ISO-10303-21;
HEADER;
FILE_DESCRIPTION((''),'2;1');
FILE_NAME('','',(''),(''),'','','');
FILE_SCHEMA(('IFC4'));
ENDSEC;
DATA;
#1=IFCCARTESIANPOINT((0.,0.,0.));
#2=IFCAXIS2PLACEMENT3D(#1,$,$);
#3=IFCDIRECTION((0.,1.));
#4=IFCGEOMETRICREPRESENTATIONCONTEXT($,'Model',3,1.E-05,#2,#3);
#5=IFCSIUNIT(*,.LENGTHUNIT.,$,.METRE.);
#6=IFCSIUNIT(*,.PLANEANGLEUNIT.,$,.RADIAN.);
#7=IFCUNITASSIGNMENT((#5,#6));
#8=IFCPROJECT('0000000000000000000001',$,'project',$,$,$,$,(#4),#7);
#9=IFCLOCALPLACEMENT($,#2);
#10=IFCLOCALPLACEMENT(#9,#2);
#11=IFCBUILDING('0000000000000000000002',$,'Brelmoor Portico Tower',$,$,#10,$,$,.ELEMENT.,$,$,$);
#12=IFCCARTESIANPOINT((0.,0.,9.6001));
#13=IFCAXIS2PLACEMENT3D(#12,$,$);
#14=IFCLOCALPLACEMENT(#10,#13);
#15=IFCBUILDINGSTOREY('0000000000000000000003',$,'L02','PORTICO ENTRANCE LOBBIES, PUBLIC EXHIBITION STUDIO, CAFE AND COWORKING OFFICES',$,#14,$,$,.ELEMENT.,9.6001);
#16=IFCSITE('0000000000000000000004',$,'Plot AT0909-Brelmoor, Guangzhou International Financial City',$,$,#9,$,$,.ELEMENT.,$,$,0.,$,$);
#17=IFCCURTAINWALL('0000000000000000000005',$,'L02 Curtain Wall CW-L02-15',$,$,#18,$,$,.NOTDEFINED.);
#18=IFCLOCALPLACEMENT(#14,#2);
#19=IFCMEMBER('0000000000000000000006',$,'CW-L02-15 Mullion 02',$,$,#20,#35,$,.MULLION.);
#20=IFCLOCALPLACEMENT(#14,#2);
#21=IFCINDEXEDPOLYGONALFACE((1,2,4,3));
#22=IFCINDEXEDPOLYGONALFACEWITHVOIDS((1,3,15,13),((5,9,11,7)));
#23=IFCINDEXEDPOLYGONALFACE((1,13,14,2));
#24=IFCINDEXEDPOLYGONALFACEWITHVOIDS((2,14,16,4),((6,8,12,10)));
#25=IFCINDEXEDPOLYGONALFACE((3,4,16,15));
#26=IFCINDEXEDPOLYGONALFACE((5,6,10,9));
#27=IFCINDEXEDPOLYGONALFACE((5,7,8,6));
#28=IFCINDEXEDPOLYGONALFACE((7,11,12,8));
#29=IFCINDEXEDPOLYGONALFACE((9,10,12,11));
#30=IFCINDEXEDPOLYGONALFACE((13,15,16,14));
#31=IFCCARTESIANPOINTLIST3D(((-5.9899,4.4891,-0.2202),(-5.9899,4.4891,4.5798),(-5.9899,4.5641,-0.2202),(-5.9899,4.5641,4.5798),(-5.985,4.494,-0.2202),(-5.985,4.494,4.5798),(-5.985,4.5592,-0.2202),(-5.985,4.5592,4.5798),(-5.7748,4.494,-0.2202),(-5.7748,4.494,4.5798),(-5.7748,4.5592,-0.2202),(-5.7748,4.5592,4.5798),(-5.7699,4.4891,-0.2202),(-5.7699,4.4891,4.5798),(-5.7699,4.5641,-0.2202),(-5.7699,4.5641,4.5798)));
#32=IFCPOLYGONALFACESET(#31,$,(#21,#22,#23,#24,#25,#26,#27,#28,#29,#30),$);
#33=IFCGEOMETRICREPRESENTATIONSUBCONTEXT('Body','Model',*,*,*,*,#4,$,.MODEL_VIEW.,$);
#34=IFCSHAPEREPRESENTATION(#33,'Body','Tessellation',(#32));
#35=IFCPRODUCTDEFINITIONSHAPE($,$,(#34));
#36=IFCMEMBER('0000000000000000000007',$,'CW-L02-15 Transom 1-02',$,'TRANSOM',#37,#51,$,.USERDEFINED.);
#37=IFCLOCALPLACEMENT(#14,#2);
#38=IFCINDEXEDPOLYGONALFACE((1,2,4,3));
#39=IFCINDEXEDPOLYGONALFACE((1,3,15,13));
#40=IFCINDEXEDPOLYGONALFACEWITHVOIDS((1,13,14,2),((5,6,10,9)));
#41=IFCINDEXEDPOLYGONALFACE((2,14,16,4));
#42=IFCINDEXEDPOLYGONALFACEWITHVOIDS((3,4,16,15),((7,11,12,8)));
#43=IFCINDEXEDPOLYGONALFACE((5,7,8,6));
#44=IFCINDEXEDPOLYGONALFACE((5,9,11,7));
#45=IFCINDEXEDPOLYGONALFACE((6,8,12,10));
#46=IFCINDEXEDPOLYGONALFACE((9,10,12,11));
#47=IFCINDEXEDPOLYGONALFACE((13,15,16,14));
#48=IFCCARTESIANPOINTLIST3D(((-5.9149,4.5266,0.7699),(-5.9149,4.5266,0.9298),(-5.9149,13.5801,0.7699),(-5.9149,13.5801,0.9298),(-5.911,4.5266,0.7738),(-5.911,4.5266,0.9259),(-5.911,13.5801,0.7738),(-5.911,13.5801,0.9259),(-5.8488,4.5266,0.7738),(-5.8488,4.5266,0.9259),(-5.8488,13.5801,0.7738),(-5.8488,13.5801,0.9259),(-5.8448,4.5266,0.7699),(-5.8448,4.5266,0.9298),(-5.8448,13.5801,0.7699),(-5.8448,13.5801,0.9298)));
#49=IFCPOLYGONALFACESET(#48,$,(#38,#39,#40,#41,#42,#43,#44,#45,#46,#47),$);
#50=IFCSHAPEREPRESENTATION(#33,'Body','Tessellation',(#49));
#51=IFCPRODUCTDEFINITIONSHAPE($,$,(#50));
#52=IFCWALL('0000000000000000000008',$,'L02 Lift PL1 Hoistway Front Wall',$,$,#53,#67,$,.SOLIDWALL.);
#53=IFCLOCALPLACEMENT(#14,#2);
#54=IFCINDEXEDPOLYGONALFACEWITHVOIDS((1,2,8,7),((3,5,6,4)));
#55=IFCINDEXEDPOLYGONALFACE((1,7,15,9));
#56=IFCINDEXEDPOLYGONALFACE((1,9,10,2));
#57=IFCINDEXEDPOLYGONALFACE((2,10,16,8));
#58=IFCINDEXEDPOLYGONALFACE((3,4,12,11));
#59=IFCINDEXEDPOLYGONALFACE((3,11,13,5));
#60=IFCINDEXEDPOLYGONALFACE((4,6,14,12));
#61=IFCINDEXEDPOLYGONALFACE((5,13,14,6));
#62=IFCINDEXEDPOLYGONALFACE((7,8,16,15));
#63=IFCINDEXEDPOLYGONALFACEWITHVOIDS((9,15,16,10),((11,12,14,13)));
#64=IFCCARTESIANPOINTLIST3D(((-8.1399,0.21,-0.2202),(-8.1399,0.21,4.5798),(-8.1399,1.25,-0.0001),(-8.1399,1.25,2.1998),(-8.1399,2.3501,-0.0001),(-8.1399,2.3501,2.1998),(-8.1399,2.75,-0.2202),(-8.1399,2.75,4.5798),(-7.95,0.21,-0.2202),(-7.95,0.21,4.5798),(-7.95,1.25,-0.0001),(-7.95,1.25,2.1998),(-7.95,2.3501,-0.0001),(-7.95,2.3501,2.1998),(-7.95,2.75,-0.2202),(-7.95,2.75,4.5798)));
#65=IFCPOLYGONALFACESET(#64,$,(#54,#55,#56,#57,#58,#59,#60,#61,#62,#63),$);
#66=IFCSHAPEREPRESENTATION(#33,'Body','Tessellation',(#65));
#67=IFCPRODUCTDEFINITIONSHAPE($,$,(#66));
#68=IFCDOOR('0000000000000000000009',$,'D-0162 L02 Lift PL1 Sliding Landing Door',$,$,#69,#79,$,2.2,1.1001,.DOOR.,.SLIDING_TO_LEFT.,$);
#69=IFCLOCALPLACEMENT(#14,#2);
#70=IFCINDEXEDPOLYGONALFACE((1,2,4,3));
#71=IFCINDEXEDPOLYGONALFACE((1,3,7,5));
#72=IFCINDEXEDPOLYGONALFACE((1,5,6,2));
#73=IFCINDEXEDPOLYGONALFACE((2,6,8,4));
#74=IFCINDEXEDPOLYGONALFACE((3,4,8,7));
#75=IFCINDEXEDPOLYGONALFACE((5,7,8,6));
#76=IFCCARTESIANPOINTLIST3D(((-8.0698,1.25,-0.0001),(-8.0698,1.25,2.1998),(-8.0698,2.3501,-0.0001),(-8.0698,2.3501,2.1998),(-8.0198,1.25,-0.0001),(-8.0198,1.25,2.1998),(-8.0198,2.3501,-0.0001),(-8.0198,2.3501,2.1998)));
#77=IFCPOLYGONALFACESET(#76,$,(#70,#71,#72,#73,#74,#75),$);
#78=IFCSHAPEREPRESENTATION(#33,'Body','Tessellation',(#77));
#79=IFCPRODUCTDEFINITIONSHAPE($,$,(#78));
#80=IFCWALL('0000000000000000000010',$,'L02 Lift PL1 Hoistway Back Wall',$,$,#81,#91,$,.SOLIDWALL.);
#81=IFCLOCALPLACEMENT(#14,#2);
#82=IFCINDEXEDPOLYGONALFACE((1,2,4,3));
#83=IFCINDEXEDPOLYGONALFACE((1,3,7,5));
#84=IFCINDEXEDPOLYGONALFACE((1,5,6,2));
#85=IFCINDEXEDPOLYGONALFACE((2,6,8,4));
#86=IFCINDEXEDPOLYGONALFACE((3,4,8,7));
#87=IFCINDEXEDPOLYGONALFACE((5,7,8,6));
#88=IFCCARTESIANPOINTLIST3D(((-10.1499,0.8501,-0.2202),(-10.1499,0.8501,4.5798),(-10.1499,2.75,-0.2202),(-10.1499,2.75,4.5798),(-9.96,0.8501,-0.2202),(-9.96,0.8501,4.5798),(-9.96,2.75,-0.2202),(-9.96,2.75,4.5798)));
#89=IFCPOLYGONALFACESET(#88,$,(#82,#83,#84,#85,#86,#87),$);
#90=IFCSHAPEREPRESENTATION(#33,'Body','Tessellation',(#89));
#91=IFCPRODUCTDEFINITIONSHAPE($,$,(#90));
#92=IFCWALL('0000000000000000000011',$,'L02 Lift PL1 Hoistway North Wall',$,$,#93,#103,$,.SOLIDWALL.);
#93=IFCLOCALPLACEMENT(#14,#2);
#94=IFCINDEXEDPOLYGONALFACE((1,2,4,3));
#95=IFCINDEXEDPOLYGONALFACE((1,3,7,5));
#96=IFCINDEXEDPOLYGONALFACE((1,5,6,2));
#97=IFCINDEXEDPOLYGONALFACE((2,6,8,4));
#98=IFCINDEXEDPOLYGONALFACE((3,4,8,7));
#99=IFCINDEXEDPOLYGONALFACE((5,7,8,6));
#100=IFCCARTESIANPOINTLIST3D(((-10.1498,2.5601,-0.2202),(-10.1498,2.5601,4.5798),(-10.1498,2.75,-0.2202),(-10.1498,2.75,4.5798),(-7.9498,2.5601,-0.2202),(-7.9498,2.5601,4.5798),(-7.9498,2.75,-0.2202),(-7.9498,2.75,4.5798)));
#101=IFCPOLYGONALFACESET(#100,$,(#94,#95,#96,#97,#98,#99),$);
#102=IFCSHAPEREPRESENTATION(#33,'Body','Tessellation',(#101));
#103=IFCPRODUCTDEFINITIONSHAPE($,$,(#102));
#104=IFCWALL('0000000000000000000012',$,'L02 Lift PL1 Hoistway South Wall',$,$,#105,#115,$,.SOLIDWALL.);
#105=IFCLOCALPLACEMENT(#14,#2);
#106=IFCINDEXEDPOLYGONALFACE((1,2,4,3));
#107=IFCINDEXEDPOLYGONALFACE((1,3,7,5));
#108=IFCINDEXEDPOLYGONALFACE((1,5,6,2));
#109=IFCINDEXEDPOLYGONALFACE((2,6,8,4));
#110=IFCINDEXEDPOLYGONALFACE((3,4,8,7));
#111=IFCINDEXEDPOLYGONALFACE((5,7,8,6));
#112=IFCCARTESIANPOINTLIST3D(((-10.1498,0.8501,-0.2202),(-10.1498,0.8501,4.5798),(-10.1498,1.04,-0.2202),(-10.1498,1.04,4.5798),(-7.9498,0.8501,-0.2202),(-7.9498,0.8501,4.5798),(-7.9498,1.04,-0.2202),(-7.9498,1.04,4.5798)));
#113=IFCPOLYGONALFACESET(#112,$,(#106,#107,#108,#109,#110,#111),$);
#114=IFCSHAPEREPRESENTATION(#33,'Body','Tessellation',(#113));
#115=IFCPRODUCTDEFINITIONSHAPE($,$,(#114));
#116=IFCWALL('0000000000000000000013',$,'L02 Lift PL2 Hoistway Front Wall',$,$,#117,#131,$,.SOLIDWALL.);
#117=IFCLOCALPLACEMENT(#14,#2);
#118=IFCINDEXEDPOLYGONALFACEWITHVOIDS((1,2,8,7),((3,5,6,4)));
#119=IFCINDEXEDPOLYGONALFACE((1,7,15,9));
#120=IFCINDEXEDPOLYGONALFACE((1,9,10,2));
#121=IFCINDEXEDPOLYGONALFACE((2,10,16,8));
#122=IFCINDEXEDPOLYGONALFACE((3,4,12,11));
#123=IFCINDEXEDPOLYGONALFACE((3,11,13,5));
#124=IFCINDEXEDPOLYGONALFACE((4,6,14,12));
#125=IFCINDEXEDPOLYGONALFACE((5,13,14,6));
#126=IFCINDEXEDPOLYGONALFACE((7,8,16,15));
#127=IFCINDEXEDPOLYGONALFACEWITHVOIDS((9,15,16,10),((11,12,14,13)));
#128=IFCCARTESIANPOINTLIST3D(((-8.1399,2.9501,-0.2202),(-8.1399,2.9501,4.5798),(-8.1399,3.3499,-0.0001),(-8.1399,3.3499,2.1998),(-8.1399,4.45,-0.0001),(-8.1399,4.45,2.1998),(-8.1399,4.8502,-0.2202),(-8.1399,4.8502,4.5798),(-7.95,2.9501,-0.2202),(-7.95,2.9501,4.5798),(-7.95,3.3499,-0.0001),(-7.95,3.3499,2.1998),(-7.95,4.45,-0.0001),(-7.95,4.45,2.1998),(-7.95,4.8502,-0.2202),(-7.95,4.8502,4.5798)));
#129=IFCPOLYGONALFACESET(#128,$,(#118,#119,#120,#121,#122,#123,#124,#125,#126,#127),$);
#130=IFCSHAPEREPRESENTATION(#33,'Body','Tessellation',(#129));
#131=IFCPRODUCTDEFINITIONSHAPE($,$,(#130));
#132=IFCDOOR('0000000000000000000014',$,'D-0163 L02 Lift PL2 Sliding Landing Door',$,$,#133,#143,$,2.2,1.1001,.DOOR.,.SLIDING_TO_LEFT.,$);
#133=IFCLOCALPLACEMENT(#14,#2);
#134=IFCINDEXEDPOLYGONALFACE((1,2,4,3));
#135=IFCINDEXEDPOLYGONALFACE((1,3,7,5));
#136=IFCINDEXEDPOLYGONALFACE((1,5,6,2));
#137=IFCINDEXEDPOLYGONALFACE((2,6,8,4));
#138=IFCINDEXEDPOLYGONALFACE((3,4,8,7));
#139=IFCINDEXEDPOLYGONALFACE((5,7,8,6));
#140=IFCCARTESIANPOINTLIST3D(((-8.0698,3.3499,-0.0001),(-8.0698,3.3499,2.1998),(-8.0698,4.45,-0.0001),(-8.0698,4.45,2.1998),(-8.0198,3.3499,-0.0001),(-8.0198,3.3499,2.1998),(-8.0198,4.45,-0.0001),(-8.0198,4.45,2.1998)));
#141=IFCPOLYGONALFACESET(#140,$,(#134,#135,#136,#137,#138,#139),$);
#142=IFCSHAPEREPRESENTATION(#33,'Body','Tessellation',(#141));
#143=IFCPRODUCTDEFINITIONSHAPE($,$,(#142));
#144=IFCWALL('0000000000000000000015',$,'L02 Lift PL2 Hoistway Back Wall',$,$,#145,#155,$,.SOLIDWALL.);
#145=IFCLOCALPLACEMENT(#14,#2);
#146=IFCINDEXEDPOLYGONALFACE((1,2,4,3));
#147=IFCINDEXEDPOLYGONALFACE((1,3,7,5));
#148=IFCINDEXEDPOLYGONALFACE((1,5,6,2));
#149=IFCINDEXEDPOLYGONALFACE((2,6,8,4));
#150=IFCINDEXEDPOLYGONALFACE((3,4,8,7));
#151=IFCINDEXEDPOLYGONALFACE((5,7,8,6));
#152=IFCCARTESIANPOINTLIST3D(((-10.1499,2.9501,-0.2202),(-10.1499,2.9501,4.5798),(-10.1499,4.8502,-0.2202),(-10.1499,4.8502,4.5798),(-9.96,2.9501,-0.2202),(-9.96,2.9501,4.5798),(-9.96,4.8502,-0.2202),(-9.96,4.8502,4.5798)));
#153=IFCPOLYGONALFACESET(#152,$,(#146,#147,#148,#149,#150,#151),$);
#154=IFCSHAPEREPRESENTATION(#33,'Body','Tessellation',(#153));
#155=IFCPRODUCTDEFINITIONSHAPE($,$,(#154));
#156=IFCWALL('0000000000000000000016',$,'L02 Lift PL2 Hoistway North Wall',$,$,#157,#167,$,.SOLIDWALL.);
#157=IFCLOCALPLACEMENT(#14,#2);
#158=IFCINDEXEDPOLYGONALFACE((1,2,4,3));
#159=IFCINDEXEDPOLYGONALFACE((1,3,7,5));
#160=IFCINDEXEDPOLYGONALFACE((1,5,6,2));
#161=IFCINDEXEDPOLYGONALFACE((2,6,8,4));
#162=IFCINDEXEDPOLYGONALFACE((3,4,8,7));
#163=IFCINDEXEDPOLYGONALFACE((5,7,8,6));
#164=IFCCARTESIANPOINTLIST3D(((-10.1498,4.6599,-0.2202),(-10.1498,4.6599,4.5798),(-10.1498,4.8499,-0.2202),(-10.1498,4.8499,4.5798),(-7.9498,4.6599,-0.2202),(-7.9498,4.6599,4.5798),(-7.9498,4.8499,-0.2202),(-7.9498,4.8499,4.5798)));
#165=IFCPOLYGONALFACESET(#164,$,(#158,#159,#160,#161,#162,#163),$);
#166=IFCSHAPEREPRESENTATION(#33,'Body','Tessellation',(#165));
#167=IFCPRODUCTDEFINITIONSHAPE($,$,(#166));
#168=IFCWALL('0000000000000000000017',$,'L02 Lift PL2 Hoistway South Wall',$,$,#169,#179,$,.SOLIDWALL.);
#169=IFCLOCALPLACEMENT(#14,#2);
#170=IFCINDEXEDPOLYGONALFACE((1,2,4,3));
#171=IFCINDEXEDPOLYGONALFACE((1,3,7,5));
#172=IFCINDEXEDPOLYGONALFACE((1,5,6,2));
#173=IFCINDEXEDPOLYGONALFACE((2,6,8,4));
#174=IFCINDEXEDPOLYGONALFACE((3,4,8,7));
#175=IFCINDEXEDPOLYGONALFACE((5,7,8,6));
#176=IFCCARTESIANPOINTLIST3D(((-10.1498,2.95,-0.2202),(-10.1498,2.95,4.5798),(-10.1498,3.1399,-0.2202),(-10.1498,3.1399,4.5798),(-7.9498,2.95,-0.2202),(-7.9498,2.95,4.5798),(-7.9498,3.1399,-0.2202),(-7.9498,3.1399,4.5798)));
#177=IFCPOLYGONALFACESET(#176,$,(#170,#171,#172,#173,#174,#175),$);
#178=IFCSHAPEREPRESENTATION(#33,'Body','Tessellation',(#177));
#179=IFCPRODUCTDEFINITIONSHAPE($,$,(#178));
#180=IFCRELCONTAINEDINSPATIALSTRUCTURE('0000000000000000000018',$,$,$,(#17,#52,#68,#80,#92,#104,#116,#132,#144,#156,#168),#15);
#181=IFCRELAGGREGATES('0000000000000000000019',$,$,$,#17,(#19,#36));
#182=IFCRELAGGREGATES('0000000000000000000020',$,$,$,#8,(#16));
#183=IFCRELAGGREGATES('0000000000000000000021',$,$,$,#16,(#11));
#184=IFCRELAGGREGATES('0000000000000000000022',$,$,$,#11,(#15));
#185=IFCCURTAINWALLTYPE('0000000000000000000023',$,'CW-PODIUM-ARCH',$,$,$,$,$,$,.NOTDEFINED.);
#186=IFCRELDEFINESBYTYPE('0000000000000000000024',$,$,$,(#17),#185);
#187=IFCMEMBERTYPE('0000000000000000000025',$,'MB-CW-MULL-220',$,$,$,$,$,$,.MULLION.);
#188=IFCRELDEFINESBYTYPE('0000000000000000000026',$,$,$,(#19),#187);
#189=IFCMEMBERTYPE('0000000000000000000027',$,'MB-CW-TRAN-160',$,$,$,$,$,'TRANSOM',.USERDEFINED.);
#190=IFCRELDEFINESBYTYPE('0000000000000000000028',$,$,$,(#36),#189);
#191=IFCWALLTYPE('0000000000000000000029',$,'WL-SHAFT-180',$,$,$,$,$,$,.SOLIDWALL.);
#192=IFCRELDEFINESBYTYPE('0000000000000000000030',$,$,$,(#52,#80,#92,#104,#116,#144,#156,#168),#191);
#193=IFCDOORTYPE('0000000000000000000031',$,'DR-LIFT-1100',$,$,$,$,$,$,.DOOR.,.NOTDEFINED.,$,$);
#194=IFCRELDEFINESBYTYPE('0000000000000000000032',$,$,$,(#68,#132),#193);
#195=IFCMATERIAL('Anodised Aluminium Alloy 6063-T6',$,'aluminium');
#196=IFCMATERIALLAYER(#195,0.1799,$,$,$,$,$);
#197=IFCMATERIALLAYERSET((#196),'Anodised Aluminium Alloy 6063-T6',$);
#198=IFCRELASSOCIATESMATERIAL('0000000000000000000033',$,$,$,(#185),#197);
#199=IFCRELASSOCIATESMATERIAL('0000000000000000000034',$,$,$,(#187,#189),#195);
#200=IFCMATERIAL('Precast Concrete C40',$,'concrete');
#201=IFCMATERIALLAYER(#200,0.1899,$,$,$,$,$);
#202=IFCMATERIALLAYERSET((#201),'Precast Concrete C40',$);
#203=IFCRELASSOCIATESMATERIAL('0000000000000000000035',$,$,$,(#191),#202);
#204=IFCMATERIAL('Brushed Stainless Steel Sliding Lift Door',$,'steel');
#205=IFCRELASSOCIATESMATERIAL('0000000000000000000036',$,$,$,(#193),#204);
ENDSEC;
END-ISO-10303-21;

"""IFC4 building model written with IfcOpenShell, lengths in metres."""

from ifc_helpers import new_model, si_unit, direction, frame, frame_2d, origin, origin_2d, place, context, subcontext, project, spatial, rectangle, hollow_rectangle, extrude, material, layer, layer_set, material_profile, profile_set, type_object, element, fill, aggregate, save


model = new_model("IFC4")

# Units and contexts
model_context = context("Model", 3, precision=1e-05, world=origin(), true_north=direction((0.0, 1.0)))
body_context = subcontext(model_context, "Body", "Model", "MODEL_VIEW")
ifc_project = project(units=[si_unit("LENGTHUNIT", "METRE"), si_unit("PLANEANGLEUNIT", "RADIAN")], contexts=[model_context])

# Site, building, storey
site_placement = place(None, origin())
site = spatial("IfcSite", under=ifc_project, at=site_placement, Name="Plot AT0909-Brelmoor, Guangzhou International Financial City", CompositionType="ELEMENT", RefElevation=0.0)
building_placement = place(site_placement, origin())
building = spatial("IfcBuilding", under=site, at=building_placement, Name="Brelmoor Portico Tower", CompositionType="ELEMENT")
storey_placement = place(building_placement, frame((0.0, 0.0, 9.6001)))
storey = spatial("IfcBuildingStorey", under=building, at=storey_placement, Name="L02", Description="PORTICO ENTRANCE LOBBIES, PUBLIC EXHIBITION STUDIO, CAFE AND COWORKING OFFICES", CompositionType="ELEMENT", Elevation=9.6001)

# Curtain wall, members
ifc_material_1 = material(Name="Anodised Aluminium Alloy 6063-T6", Category="aluminium")
ifc_layer_1 = layer(ifc_material_1, 0.1799)
ifc_layer_set_1 = layer_set([ifc_layer_1], Name="Anodised Aluminium Alloy 6063-T6")
curtain_wall_type = type_object("IfcCurtainWallType", Name="CW-PODIUM-ARCH", PredefinedType="NOTDEFINED", material=ifc_layer_set_1)
curtain_wall_placement = place(storey_placement, origin())
curtain_wall = element("IfcCurtainWall", 1, at=curtain_wall_placement, inside=storey, type_object=curtain_wall_type, Name="L02 Curtain Wall CW-L02-15", PredefinedType="NOTDEFINED")
ifc_material_profile_1 = material_profile(ifc_material_1, hollow_rectangle(XDim=0.075, YDim=0.22, WallThickness=0.0049, at=origin_2d()), Name="ALU MULLION 75x220")
ifc_profile_set_1 = profile_set([ifc_material_profile_1], Name="Anodised Aluminium Alloy 6063-T6")
member_type_1 = type_object("IfcMemberType", Name="MB-CW-MULL-220", PredefinedType="MULLION", material=ifc_profile_set_1)
member_1_placement = place(storey_placement, frame((-5.8799, 4.5266, -0.2202), z_axis=(0.0, 0.0, 1.0), x_axis=(0.0, 1.0, 0.0)))
member_1 = element("IfcMember", 2, at=member_1_placement, type_object=member_type_1, Name="CW-L02-15 Mullion 02", PredefinedType="MULLION", context=body_context, shape_type="SweptSolid", body=[
    extrude(hollow_rectangle(XDim=0.075, YDim=0.22, WallThickness=0.0049, at=origin_2d()), origin(), (0.0, 0.0, 1.0), 4.8),
])
ifc_material_profile_2 = material_profile(ifc_material_1, hollow_rectangle(XDim=0.0701, YDim=0.1599, WallThickness=0.0039, at=origin_2d()), Name="ALU TRANSOM 70x160")
ifc_profile_set_2 = profile_set([ifc_material_profile_2], Name="Anodised Aluminium Alloy 6063-T6")
member_type_2 = type_object("IfcMemberType", Name="MB-CW-TRAN-160", ElementType="TRANSOM", PredefinedType="USERDEFINED", material=ifc_profile_set_2)
member_2_placement = place(storey_placement, frame((-5.8799, 4.5266, 0.8499), z_axis=(0.0, 1.0, 0.0), x_axis=(-1.0, 0.0, 0.0)))
member_2 = element("IfcMember", 3, at=member_2_placement, type_object=member_type_2, Name="CW-L02-15 Transom 1-02", ObjectType="TRANSOM", PredefinedType="USERDEFINED", context=body_context, shape_type="SweptSolid", body=[
    extrude(hollow_rectangle(XDim=0.0701, YDim=0.1599, WallThickness=0.0039, at=origin_2d()), origin(), (0.0, 0.0, 1.0), 9.0535),
])
aggregate(curtain_wall, [member_1, member_2])

# Wall, opening, door
ifc_material_2 = material(Name="Precast Concrete C40", Category="concrete")
ifc_layer_2 = layer(ifc_material_2, 0.1899)
ifc_layer_set_2 = layer_set([ifc_layer_2], Name="Precast Concrete C40")
wall_type_1 = type_object("IfcWallType", Name="WL-SHAFT-180", PredefinedType="SOLIDWALL", material=ifc_layer_set_2)
wall_1_placement = place(storey_placement, frame((-8.0449, 0.21, -0.2202), z_axis=(0.0, 0.0, 1.0), x_axis=(0.0, 1.0, 0.0)))
wall_1 = element("IfcWall", 4, at=wall_1_placement, inside=storey, type_object=wall_type_1, Name="L02 Lift PL1 Hoistway Front Wall", PredefinedType="SOLIDWALL", context=body_context, shape_type="SweptSolid", body=[
    extrude(rectangle(XDim=2.54, YDim=0.1899, at=frame_2d((1.27, 0.0))), origin(), (0.0, 0.0, 1.0), 4.8),
])
opening_1_placement = place(wall_1_placement, frame((1.04, 0.0, 0.22)))
opening_1 = element("IfcOpeningElement", 5, at=opening_1_placement, cuts=wall_1, PredefinedType="OPENING", context=body_context, shape_type="SweptSolid", body=[
    extrude(rectangle(XDim=1.1001, YDim=2.2, at=frame_2d((0.55, 1.1001))), frame((0.0, 0.105, 0.0), z_axis=(0.0, -1.0, 0.0), x_axis=(1.0, 0.0, 0.0)), (0.0, 0.0, 1.0), 0.21),
])
ifc_material_3 = material(Name="Brushed Stainless Steel Sliding Lift Door", Category="steel")
door_type = type_object("IfcDoorType", Name="DR-LIFT-1100", OperationType="NOTDEFINED", PredefinedType="DOOR", material=ifc_material_3)
door_1_placement = place(opening_1_placement, origin())
door_1 = element("IfcDoor", 6, at=door_1_placement, inside=storey, type_object=door_type, Name="D-0162 L02 Lift PL1 Sliding Landing Door", OperationType="SLIDING_TO_LEFT", OverallHeight=2.2, OverallWidth=1.1001, PredefinedType="DOOR", context=body_context, shape_type="SweptSolid", body=[
    extrude(rectangle(XDim=1.1001, YDim=2.2, at=frame_2d((0.55, 1.1001))), frame((0.0, 0.0249, 0.0), z_axis=(0.0, -1.0, 0.0), x_axis=(1.0, 0.0, 0.0)), (0.0, 0.0, 1.0), 0.05),
])
fill(opening_1, door_1)

# Walls
wall_2_placement = place(storey_placement, frame((-10.0549, 0.8501, -0.2202), z_axis=(0.0, 0.0, 1.0), x_axis=(0.0, 1.0, 0.0)))
element("IfcWall", 7, at=wall_2_placement, inside=storey, type_object=wall_type_1, Name="L02 Lift PL1 Hoistway Back Wall", PredefinedType="SOLIDWALL", context=body_context, shape_type="SweptSolid", body=[
    extrude(rectangle(XDim=1.8999, YDim=0.1899, at=frame_2d((0.95, 0.0))), origin(), (0.0, 0.0, 1.0), 4.8),
])
for number, where, z_axis, x_axis, name in (
    (8, (-10.1499, 2.655, -0.2202), (0.0, 0.0, 1.0), (1.0, 0.0, 0.0), "L02 Lift PL1 Hoistway North Wall"),
    (9, (-10.1499, 0.9451, -0.2202), (0.0, 0.0, 1.0), (1.0, 0.0, 0.0), "L02 Lift PL1 Hoistway South Wall"),
):
    element("IfcWall", number, at=place(storey_placement, frame(where, z_axis=z_axis, x_axis=x_axis)), inside=storey, type_object=wall_type_1, Name=name, PredefinedType="SOLIDWALL", context=body_context, shape_type="SweptSolid", body=[
        extrude(rectangle(XDim=2.2, YDim=0.1899, at=frame_2d((1.1001, 0.0))), origin(), (0.0, 0.0, 1.0), 4.8),
    ])

# Wall, opening, door
wall_3_placement = place(storey_placement, frame((-8.0449, 2.95, -0.2202), z_axis=(0.0, 0.0, 1.0), x_axis=(0.0, 1.0, 0.0)))
wall_3 = element("IfcWall", 10, at=wall_3_placement, inside=storey, type_object=wall_type_1, Name="L02 Lift PL2 Hoistway Front Wall", PredefinedType="SOLIDWALL", context=body_context, shape_type="SweptSolid", body=[
    extrude(rectangle(XDim=1.9001, YDim=0.1899, at=frame_2d((0.9502, 0.0))), origin(), (0.0, 0.0, 1.0), 4.8),
])
opening_2_placement = place(wall_3_placement, frame((0.3999, 0.0, 0.22)))
opening_2 = element("IfcOpeningElement", 11, at=opening_2_placement, cuts=wall_3, PredefinedType="OPENING", context=body_context, shape_type="SweptSolid", body=[
    extrude(rectangle(XDim=1.1001, YDim=2.2, at=frame_2d((0.55, 1.1001))), frame((0.0, 0.105, 0.0), z_axis=(0.0, -1.0, 0.0), x_axis=(1.0, 0.0, 0.0)), (0.0, 0.0, 1.0), 0.21),
])
door_2_placement = place(opening_2_placement, origin())
door_2 = element("IfcDoor", 12, at=door_2_placement, inside=storey, type_object=door_type, Name="D-0163 L02 Lift PL2 Sliding Landing Door", OperationType="SLIDING_TO_LEFT", OverallHeight=2.2, OverallWidth=1.1001, PredefinedType="DOOR", context=body_context, shape_type="SweptSolid", body=[
    extrude(rectangle(XDim=1.1001, YDim=2.2, at=frame_2d((0.55, 1.1001))), frame((0.0, 0.0249, 0.0), z_axis=(0.0, -1.0, 0.0), x_axis=(1.0, 0.0, 0.0)), (0.0, 0.0, 1.0), 0.05),
])
fill(opening_2, door_2)

# Walls
wall_4_placement = place(storey_placement, frame((-10.0549, 2.95, -0.2202), z_axis=(0.0, 0.0, 1.0), x_axis=(0.0, 1.0, 0.0)))
element("IfcWall", 13, at=wall_4_placement, inside=storey, type_object=wall_type_1, Name="L02 Lift PL2 Hoistway Back Wall", PredefinedType="SOLIDWALL", context=body_context, shape_type="SweptSolid", body=[
    extrude(rectangle(XDim=1.9001, YDim=0.1899, at=frame_2d((0.9502, 0.0))), origin(), (0.0, 0.0, 1.0), 4.8),
])
for number, where, z_axis, x_axis, name in (
    (14, (-10.1499, 4.7549, -0.2202), (0.0, 0.0, 1.0), (1.0, 0.0, 0.0), "L02 Lift PL2 Hoistway North Wall"),
    (15, (-10.1499, 3.0449, -0.2202), (0.0, 0.0, 1.0), (1.0, 0.0, 0.0), "L02 Lift PL2 Hoistway South Wall"),
):
    element("IfcWall", number, at=place(storey_placement, frame(where, z_axis=z_axis, x_axis=x_axis)), inside=storey, type_object=wall_type_1, Name=name, PredefinedType="SOLIDWALL", context=body_context, shape_type="SweptSolid", body=[
        extrude(rectangle(XDim=2.2, YDim=0.1899, at=frame_2d((1.1001, 0.0))), origin(), (0.0, 0.0, 1.0), 4.8),
    ])

save(model, "model.ifc")
